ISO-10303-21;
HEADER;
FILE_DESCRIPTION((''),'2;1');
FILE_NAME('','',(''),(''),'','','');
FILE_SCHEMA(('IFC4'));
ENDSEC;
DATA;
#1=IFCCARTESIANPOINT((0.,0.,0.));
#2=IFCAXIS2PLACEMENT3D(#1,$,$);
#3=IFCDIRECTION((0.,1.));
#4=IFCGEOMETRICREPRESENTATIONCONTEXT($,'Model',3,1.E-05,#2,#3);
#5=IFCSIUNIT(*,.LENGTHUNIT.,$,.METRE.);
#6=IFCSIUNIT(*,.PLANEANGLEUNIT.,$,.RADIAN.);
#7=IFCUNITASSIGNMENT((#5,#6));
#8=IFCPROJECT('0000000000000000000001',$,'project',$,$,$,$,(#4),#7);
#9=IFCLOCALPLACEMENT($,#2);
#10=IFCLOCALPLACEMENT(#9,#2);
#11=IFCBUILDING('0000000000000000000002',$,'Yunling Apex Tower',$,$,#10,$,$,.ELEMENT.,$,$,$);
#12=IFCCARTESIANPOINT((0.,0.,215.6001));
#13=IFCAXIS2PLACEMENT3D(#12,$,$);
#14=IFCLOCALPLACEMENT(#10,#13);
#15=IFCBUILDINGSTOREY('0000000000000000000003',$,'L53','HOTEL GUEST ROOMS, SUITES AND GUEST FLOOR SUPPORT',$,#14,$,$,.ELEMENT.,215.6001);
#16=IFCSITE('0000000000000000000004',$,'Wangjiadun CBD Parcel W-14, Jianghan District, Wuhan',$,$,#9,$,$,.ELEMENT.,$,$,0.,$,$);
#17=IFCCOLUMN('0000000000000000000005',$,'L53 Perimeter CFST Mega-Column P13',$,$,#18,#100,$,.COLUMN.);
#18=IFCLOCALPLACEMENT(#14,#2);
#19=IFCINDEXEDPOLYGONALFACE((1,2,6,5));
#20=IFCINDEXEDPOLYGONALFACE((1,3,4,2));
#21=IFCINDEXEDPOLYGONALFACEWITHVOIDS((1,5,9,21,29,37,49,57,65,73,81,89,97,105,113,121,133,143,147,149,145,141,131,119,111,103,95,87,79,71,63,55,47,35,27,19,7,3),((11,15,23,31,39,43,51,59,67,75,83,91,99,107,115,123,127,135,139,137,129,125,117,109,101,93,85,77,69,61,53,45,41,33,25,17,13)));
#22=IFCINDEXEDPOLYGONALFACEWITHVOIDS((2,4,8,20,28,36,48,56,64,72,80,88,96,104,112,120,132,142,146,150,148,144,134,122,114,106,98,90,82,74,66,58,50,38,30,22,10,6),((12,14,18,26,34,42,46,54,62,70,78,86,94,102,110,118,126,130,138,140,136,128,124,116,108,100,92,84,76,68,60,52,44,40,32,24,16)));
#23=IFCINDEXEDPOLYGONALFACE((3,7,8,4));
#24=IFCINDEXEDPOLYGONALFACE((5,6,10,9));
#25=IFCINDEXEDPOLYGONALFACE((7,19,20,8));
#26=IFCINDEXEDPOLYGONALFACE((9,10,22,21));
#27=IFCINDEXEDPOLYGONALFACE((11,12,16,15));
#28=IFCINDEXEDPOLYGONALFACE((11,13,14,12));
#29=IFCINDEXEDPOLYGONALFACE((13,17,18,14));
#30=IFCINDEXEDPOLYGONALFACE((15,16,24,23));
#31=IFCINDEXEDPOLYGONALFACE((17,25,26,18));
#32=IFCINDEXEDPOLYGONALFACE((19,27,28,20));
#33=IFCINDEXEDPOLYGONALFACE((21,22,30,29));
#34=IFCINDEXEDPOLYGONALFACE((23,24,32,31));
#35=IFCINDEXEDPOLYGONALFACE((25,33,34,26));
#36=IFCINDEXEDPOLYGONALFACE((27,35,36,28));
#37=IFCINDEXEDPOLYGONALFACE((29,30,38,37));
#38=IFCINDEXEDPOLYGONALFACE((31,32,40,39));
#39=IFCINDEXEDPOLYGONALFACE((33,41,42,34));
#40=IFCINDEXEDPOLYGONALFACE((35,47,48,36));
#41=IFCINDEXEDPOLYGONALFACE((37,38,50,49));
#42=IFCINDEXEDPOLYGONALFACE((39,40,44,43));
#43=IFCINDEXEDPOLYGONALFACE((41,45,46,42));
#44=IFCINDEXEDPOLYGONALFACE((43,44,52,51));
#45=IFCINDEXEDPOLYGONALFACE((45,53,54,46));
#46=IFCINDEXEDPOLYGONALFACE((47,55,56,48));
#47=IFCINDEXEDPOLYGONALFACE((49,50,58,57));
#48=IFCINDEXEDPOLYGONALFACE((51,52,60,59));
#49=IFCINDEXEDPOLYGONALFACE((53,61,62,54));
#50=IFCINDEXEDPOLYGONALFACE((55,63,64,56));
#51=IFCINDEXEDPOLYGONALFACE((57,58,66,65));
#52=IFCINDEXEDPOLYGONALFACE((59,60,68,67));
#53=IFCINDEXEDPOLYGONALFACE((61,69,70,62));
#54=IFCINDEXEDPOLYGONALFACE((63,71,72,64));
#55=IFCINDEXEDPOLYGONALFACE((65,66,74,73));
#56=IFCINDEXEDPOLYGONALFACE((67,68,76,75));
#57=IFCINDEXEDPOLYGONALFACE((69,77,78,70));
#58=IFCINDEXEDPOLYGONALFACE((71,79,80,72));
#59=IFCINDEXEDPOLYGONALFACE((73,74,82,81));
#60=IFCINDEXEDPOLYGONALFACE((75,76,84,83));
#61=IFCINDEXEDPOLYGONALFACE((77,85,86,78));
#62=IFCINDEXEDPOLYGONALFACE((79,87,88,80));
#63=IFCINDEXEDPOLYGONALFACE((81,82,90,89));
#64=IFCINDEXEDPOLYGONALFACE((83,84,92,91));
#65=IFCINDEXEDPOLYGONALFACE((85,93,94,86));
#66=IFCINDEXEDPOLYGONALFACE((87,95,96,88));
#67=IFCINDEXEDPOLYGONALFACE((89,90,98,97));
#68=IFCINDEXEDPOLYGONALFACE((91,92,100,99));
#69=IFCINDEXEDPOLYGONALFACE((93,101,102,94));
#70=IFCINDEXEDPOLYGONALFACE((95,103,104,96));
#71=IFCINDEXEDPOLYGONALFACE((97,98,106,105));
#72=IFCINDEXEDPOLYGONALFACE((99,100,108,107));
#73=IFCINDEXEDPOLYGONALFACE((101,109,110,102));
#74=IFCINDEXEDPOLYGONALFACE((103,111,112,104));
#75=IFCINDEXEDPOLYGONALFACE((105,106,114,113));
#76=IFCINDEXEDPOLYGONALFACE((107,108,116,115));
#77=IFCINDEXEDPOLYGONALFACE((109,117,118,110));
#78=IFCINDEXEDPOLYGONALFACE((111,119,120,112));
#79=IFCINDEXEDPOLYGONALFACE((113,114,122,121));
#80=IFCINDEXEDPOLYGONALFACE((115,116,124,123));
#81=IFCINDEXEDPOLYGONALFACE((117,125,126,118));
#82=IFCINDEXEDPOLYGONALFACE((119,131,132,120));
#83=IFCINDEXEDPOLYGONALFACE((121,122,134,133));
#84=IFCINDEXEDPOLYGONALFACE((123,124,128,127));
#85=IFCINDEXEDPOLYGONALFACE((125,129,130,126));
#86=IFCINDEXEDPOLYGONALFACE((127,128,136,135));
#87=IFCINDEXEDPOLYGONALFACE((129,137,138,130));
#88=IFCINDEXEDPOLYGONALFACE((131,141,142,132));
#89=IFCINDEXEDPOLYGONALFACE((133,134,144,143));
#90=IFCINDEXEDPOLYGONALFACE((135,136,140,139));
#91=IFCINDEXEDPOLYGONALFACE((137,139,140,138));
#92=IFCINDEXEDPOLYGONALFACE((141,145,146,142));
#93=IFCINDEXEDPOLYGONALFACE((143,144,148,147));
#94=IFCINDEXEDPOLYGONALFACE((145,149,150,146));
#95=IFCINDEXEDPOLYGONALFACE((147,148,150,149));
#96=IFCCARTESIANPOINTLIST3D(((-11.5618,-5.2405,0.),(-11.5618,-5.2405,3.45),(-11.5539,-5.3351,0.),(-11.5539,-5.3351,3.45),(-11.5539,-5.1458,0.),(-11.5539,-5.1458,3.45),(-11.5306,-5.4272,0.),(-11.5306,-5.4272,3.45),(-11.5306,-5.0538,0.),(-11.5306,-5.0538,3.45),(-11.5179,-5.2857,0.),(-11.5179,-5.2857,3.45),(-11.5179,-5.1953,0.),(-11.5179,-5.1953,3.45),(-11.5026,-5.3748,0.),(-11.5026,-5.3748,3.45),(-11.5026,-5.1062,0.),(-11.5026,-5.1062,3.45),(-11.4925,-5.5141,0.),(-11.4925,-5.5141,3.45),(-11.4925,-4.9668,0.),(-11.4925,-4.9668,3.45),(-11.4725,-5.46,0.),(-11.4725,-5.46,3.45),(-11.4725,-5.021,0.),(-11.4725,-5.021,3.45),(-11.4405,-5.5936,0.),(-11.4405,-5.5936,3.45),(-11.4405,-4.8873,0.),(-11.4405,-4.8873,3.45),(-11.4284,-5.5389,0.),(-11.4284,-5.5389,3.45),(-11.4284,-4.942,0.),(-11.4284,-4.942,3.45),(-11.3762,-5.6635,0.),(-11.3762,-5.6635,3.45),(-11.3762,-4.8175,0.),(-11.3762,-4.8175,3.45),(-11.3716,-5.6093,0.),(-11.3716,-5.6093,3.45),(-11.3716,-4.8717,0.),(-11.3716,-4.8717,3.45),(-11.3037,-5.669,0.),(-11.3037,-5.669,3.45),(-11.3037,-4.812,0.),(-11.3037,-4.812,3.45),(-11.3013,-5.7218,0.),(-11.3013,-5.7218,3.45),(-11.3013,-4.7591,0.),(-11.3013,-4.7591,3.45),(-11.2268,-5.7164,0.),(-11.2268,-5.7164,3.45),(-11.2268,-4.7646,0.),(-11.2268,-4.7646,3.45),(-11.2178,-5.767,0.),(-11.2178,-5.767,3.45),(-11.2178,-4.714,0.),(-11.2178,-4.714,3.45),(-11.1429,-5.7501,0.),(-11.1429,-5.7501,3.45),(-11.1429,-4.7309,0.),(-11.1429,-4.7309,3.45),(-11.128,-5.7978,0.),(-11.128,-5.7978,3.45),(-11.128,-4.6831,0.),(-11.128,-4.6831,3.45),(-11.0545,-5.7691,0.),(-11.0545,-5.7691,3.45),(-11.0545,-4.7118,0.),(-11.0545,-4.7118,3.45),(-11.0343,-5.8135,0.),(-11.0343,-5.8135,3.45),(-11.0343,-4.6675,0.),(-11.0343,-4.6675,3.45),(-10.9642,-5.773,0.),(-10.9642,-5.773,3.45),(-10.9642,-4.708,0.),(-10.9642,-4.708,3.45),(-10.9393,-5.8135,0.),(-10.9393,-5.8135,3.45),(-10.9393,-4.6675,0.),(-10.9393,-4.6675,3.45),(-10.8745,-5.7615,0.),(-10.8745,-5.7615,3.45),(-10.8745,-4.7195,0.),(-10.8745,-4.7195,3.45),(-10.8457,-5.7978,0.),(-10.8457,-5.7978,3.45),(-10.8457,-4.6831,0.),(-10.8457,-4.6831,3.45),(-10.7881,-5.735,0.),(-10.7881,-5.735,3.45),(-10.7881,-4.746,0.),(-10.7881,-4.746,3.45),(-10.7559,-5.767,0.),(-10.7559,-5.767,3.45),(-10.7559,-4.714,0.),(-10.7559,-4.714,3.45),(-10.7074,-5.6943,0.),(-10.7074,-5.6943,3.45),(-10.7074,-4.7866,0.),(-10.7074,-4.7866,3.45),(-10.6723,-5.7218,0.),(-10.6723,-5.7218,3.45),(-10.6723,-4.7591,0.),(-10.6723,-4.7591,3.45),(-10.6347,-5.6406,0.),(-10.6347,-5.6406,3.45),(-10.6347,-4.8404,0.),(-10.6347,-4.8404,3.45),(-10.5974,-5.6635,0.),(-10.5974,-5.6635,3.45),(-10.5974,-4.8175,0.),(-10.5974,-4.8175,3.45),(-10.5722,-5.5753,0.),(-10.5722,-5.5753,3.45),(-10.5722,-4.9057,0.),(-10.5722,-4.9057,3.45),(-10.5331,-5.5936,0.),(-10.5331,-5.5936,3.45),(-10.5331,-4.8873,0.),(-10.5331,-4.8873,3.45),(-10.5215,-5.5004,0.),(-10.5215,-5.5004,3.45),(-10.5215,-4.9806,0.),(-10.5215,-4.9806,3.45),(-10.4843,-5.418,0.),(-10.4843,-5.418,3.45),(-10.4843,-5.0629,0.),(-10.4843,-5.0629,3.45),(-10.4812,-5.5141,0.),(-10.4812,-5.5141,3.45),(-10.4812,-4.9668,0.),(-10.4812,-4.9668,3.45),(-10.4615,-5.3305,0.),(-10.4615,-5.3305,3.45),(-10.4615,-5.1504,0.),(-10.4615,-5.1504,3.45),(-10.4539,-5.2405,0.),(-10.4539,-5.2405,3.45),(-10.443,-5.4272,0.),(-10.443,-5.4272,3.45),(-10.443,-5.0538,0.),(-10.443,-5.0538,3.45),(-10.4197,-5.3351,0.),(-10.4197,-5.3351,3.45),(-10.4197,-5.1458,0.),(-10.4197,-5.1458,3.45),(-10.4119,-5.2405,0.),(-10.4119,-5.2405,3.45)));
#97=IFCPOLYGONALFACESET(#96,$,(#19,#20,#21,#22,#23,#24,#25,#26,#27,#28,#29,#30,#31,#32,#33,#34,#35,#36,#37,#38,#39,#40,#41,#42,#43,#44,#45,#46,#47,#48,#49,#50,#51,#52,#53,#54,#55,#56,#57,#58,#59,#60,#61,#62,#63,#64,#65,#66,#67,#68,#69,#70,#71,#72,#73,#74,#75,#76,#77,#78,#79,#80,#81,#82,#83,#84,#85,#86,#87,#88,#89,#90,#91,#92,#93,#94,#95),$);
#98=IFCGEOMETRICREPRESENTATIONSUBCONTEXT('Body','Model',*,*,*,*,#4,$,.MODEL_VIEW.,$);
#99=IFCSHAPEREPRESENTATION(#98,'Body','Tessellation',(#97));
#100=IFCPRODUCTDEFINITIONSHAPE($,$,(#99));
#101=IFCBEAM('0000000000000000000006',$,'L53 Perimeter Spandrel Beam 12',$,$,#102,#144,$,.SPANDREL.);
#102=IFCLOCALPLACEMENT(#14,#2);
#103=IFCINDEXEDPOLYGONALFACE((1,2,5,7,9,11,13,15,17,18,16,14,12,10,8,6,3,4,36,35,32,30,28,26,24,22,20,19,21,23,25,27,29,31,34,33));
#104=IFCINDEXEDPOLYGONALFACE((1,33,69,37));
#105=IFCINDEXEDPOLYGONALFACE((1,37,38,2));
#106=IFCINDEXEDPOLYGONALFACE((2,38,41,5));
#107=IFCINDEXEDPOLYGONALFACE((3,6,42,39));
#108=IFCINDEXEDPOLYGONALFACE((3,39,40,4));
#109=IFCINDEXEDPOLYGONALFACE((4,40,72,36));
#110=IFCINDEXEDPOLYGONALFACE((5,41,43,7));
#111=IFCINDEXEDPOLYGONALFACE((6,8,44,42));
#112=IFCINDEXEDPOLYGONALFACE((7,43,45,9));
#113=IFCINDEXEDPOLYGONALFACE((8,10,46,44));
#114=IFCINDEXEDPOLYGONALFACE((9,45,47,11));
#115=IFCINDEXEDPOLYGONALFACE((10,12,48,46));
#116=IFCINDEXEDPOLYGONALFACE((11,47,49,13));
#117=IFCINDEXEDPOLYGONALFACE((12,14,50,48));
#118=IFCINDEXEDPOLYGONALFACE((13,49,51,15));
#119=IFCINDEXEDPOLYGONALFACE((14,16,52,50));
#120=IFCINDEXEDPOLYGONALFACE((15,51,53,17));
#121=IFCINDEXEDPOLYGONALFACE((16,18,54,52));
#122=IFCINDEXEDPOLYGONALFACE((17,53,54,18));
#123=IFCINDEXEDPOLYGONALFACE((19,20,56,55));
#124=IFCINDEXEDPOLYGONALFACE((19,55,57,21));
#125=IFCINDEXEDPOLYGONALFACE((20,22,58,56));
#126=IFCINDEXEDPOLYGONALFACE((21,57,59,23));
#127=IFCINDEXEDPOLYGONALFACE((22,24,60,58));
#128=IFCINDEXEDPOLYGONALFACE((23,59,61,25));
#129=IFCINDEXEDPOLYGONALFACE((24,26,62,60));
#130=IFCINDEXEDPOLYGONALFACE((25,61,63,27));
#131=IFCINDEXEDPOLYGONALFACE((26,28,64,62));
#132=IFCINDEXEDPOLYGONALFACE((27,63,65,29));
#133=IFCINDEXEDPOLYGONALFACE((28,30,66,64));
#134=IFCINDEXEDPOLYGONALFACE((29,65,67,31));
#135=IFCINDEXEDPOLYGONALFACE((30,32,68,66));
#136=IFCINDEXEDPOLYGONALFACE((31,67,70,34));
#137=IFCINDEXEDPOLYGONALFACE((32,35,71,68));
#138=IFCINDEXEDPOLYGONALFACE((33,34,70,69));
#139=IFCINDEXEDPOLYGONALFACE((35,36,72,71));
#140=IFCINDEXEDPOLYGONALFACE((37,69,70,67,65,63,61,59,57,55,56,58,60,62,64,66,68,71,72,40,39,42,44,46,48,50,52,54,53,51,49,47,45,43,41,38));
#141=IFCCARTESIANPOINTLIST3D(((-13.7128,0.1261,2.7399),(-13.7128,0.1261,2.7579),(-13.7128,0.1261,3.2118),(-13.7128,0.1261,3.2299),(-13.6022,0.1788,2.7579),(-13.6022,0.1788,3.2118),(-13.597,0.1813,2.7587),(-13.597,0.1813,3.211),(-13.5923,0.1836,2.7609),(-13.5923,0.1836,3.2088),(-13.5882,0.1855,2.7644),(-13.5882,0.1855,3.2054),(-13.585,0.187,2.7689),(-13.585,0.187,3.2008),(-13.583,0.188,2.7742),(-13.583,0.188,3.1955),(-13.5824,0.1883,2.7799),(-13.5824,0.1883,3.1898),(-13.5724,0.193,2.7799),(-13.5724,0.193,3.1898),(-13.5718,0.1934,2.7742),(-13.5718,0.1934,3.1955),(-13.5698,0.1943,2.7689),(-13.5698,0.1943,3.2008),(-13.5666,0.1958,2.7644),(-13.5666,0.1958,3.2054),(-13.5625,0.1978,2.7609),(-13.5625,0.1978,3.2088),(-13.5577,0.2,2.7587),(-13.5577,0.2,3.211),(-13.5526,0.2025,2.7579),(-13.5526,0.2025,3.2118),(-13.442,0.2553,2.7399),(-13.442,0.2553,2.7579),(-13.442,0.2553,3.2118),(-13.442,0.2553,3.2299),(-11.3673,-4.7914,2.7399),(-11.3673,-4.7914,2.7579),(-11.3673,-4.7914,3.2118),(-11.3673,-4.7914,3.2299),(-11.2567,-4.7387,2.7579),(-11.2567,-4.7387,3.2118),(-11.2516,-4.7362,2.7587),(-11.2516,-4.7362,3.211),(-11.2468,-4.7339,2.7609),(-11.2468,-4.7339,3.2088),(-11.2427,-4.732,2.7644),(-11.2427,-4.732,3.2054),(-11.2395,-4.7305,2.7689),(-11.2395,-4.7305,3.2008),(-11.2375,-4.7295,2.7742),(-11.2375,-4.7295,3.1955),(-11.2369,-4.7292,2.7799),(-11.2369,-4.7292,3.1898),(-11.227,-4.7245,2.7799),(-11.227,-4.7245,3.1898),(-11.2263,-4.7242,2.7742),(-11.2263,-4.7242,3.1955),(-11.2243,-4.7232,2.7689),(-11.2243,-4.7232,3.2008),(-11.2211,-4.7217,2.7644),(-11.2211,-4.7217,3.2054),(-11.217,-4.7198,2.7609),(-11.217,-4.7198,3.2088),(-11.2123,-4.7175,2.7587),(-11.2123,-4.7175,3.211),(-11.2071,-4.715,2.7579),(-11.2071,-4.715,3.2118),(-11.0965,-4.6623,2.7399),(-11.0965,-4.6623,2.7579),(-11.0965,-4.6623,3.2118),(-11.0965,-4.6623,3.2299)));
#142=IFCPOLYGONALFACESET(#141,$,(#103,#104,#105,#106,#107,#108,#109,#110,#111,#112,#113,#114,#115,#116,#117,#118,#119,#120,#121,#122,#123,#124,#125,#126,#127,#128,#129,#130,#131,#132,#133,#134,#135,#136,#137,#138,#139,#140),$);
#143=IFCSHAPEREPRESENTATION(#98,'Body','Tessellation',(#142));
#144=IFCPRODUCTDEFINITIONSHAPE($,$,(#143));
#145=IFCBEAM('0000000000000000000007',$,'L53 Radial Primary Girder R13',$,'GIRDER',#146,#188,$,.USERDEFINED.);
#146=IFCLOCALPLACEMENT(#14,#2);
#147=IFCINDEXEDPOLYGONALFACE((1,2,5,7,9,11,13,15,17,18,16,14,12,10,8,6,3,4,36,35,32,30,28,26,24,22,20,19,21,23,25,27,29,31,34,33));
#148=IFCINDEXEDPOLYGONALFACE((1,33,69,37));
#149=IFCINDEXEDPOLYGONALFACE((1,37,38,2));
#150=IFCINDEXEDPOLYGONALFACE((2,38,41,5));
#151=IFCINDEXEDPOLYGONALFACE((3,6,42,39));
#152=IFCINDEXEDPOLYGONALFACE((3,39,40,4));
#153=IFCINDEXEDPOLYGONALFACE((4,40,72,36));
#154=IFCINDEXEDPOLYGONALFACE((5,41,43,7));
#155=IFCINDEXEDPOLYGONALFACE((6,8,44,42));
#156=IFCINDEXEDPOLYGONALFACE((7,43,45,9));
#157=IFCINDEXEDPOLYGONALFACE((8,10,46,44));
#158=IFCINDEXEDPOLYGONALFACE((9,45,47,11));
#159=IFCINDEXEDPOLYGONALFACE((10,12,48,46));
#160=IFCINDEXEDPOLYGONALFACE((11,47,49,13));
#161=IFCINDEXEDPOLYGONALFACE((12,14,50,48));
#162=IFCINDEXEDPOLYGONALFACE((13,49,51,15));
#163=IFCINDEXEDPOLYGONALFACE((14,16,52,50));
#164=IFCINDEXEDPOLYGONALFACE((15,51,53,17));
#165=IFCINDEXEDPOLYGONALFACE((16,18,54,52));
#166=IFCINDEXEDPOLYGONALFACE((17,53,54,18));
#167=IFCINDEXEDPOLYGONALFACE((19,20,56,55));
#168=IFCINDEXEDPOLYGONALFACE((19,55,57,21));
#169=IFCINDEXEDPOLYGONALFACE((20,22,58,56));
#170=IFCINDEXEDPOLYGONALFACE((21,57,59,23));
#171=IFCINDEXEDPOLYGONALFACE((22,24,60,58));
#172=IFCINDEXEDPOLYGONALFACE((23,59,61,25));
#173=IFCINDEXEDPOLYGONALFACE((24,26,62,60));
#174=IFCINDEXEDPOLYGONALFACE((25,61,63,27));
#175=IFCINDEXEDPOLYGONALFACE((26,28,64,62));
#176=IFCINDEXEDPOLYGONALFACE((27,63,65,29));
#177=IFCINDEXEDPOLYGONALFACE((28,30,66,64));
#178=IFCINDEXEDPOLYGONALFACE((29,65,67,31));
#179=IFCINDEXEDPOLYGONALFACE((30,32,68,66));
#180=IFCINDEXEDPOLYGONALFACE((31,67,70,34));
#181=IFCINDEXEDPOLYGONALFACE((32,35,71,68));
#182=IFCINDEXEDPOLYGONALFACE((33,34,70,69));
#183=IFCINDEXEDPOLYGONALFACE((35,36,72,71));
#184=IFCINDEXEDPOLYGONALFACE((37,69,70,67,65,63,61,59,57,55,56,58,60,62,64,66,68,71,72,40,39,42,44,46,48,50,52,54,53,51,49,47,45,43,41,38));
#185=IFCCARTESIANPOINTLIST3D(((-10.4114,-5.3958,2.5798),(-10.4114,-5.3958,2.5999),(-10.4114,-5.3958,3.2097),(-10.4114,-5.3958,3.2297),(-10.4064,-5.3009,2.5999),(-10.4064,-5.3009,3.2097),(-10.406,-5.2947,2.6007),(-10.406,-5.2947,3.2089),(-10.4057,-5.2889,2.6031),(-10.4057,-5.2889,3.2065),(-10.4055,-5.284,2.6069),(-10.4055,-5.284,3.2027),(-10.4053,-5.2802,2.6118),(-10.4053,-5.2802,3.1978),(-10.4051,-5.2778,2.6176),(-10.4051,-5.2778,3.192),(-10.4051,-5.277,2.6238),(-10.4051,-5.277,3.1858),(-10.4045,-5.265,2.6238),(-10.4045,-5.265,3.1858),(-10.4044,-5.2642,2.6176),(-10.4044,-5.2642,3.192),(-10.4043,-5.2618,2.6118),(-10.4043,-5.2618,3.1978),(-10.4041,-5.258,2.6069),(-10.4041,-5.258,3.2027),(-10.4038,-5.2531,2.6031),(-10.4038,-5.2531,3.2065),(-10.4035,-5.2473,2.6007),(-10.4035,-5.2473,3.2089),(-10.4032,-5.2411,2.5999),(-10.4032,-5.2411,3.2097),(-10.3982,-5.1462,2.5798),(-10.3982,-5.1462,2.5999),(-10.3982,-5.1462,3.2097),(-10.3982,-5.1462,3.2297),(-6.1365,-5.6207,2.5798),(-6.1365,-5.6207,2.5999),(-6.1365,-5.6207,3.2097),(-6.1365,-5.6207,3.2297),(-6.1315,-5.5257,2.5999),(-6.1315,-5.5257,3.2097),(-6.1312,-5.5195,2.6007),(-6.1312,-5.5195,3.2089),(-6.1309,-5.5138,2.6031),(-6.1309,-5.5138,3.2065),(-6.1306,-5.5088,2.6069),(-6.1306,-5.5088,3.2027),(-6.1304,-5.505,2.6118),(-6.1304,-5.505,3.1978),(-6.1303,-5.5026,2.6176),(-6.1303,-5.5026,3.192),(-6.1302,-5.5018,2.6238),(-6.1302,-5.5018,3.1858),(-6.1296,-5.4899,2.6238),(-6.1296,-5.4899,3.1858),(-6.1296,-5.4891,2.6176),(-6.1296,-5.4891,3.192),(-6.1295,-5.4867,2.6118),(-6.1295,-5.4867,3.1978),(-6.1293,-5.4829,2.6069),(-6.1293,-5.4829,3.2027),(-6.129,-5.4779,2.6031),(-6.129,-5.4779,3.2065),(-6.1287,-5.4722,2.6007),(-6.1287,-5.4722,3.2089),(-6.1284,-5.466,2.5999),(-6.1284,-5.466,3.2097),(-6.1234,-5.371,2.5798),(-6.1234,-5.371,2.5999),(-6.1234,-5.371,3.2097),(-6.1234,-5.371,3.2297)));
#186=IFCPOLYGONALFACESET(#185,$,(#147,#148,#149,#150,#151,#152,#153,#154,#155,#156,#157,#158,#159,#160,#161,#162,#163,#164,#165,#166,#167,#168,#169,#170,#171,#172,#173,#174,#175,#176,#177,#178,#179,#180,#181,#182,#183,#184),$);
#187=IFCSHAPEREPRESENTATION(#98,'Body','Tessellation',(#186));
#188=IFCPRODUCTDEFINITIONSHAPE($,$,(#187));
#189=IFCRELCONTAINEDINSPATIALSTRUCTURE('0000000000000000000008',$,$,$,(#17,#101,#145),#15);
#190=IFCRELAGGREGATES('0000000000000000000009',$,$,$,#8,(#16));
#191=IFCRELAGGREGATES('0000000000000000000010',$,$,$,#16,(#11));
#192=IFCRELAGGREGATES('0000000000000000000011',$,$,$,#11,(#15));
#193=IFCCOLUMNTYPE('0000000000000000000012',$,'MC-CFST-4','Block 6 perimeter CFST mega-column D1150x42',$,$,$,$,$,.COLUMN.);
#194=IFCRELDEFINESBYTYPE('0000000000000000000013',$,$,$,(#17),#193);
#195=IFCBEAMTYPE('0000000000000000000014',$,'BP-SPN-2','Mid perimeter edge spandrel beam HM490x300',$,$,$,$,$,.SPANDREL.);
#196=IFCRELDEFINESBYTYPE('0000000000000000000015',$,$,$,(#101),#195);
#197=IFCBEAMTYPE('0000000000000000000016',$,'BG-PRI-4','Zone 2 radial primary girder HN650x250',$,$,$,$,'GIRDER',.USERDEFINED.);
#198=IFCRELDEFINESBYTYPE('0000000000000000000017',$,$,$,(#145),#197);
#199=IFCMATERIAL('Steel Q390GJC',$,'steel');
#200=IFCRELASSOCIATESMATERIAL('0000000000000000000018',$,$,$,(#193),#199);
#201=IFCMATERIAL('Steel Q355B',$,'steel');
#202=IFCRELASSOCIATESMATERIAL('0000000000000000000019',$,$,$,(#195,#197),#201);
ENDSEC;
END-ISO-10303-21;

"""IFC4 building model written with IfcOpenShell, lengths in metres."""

from ifc_helpers import new_model, si_unit, direction, frame, origin, origin_2d, place, context, subcontext, project, spatial, hollow_circle, i_section, extrude, source, transform, mapped, material, material_profile, profile_set, type_object, element, save


model = new_model("IFC4")

# Units and contexts
model_context = context("Model", 3, precision=1e-05, world=origin(), true_north=direction((0.0, 1.0)))
body_context = subcontext(model_context, "Body", "Model", "MODEL_VIEW")
ifc_project = project(units=[si_unit("LENGTHUNIT", "METRE"), si_unit("PLANEANGLEUNIT", "RADIAN")], contexts=[model_context])

# Site, building, storey
site_placement = place(None, origin())
site = spatial("IfcSite", under=ifc_project, at=site_placement, Name="Wangjiadun CBD Parcel W-14, Jianghan District, Wuhan", CompositionType="ELEMENT", RefElevation=0.0)
building_placement = place(site_placement, origin())
building = spatial("IfcBuilding", under=site, at=building_placement, Name="Yunling Apex Tower", CompositionType="ELEMENT")
storey_placement = place(building_placement, frame((0.0, 0.0, 215.6001)))
storey = spatial("IfcBuildingStorey", under=building, at=storey_placement, Name="L53", Description="HOTEL GUEST ROOMS, SUITES AND GUEST FLOOR SUPPORT", CompositionType="ELEMENT", Elevation=215.6001)

# Column
ifc_material_1 = material(Name="Steel Q390GJC", Category="steel")
ifc_material_profile_1 = material_profile(ifc_material_1, hollow_circle(Radius=0.575, WallThickness=0.042, at=origin_2d()))
ifc_profile_set_1 = profile_set([ifc_material_profile_1], Name="Steel Q390GJC")
column_type = type_object("IfcColumnType", Name="MC-CFST-4", Description="Block 6 perimeter CFST mega-column D1150x42", PredefinedType="COLUMN", material=ifc_profile_set_1)
shared_shape_1 = source(origin(), body_context, "Body", "SweptSolid", [
    extrude(hollow_circle(Radius=0.575, WallThickness=0.042, at=origin_2d()), origin(), (0.0, 0.0, 1.0), 3.45),
])
column_placement = place(storey_placement, frame((-10.9868, -5.2405, 0.0), z_axis=(0.0, 0.0, 1.0), x_axis=(1.0, 0.0, 0.0)))
element("IfcColumn", 1, at=column_placement, inside=storey, type_object=column_type, Name="L53 Perimeter CFST Mega-Column P13", PredefinedType="COLUMN", context=body_context, shape_type="MappedRepresentation", body=[
    mapped(shared_shape_1, transform((0.0, 0.0, 0.0), scale=1.0)),
])

# Beams
ifc_material_2 = material(Name="Steel Q355B", Category="steel")
ifc_material_profile_2 = material_profile(ifc_material_2, i_section(OverallWidth=0.3, OverallDepth=0.49, WebThickness=0.011, FlangeThickness=0.0181, FilletRadius=0.022, at=origin_2d()))
ifc_profile_set_2 = profile_set([ifc_material_profile_2], Name="Steel Q355B")
beam_type_1 = type_object("IfcBeamType", Name="BP-SPN-2", Description="Mid perimeter edge spandrel beam HM490x300", PredefinedType="SPANDREL", material=ifc_profile_set_2)
shared_shape_2 = source(origin(), body_context, "Body", "SweptSolid", [
    extrude(i_section(OverallWidth=0.3, OverallDepth=0.49, WebThickness=0.011, FlangeThickness=0.0181, FilletRadius=0.022, at=origin_2d()), origin(), (0.0, 0.0, 1.0), 5.4482),
])
beam_1_placement = place(storey_placement, frame((-13.5774, 0.1907, 2.9849), z_axis=(0.430502, -0.902589, 0.0), x_axis=(0.902589, 0.430502, 0.0)))
element("IfcBeam", 2, at=beam_1_placement, inside=storey, type_object=beam_type_1, Name="L53 Perimeter Spandrel Beam 12", PredefinedType="SPANDREL", context=body_context, shape_type="MappedRepresentation", body=[
    mapped(shared_shape_2, transform((0.0, 0.0, 0.0), scale=1.0)),
])
ifc_material_profile_3 = material_profile(ifc_material_2, i_section(OverallWidth=0.25, OverallDepth=0.6499, WebThickness=0.012, FlangeThickness=0.02, FilletRadius=0.0239, at=origin_2d()))
ifc_profile_set_3 = profile_set([ifc_material_profile_3], Name="Steel Q355B")
beam_type_2 = type_object("IfcBeamType", Name="BG-PRI-4", Description="Zone 2 radial primary girder HN650x250", ElementType="GIRDER", PredefinedType="USERDEFINED", material=ifc_profile_set_3)
shared_shape_3 = source(origin(), body_context, "Body", "SweptSolid", [
    extrude(i_section(OverallWidth=0.25, OverallDepth=0.6499, WebThickness=0.012, FlangeThickness=0.02, FilletRadius=0.0239, at=origin_2d()), origin(), (0.0, 0.0, 1.0), 4.2808),
])
beam_2_placement = place(storey_placement, frame((-10.4048, -5.271, 2.9048), z_axis=(0.99862, -0.052526, 0.0), x_axis=(0.052526, 0.99862, 0.0)))
element("IfcBeam", 3, at=beam_2_placement, inside=storey, type_object=beam_type_2, Name="L53 Radial Primary Girder R13", ObjectType="GIRDER", PredefinedType="USERDEFINED", context=body_context, shape_type="MappedRepresentation", body=[
    mapped(shared_shape_3, transform((0.0, 0.0, 0.0), scale=1.0)),
])

save(model, "model.ifc")
